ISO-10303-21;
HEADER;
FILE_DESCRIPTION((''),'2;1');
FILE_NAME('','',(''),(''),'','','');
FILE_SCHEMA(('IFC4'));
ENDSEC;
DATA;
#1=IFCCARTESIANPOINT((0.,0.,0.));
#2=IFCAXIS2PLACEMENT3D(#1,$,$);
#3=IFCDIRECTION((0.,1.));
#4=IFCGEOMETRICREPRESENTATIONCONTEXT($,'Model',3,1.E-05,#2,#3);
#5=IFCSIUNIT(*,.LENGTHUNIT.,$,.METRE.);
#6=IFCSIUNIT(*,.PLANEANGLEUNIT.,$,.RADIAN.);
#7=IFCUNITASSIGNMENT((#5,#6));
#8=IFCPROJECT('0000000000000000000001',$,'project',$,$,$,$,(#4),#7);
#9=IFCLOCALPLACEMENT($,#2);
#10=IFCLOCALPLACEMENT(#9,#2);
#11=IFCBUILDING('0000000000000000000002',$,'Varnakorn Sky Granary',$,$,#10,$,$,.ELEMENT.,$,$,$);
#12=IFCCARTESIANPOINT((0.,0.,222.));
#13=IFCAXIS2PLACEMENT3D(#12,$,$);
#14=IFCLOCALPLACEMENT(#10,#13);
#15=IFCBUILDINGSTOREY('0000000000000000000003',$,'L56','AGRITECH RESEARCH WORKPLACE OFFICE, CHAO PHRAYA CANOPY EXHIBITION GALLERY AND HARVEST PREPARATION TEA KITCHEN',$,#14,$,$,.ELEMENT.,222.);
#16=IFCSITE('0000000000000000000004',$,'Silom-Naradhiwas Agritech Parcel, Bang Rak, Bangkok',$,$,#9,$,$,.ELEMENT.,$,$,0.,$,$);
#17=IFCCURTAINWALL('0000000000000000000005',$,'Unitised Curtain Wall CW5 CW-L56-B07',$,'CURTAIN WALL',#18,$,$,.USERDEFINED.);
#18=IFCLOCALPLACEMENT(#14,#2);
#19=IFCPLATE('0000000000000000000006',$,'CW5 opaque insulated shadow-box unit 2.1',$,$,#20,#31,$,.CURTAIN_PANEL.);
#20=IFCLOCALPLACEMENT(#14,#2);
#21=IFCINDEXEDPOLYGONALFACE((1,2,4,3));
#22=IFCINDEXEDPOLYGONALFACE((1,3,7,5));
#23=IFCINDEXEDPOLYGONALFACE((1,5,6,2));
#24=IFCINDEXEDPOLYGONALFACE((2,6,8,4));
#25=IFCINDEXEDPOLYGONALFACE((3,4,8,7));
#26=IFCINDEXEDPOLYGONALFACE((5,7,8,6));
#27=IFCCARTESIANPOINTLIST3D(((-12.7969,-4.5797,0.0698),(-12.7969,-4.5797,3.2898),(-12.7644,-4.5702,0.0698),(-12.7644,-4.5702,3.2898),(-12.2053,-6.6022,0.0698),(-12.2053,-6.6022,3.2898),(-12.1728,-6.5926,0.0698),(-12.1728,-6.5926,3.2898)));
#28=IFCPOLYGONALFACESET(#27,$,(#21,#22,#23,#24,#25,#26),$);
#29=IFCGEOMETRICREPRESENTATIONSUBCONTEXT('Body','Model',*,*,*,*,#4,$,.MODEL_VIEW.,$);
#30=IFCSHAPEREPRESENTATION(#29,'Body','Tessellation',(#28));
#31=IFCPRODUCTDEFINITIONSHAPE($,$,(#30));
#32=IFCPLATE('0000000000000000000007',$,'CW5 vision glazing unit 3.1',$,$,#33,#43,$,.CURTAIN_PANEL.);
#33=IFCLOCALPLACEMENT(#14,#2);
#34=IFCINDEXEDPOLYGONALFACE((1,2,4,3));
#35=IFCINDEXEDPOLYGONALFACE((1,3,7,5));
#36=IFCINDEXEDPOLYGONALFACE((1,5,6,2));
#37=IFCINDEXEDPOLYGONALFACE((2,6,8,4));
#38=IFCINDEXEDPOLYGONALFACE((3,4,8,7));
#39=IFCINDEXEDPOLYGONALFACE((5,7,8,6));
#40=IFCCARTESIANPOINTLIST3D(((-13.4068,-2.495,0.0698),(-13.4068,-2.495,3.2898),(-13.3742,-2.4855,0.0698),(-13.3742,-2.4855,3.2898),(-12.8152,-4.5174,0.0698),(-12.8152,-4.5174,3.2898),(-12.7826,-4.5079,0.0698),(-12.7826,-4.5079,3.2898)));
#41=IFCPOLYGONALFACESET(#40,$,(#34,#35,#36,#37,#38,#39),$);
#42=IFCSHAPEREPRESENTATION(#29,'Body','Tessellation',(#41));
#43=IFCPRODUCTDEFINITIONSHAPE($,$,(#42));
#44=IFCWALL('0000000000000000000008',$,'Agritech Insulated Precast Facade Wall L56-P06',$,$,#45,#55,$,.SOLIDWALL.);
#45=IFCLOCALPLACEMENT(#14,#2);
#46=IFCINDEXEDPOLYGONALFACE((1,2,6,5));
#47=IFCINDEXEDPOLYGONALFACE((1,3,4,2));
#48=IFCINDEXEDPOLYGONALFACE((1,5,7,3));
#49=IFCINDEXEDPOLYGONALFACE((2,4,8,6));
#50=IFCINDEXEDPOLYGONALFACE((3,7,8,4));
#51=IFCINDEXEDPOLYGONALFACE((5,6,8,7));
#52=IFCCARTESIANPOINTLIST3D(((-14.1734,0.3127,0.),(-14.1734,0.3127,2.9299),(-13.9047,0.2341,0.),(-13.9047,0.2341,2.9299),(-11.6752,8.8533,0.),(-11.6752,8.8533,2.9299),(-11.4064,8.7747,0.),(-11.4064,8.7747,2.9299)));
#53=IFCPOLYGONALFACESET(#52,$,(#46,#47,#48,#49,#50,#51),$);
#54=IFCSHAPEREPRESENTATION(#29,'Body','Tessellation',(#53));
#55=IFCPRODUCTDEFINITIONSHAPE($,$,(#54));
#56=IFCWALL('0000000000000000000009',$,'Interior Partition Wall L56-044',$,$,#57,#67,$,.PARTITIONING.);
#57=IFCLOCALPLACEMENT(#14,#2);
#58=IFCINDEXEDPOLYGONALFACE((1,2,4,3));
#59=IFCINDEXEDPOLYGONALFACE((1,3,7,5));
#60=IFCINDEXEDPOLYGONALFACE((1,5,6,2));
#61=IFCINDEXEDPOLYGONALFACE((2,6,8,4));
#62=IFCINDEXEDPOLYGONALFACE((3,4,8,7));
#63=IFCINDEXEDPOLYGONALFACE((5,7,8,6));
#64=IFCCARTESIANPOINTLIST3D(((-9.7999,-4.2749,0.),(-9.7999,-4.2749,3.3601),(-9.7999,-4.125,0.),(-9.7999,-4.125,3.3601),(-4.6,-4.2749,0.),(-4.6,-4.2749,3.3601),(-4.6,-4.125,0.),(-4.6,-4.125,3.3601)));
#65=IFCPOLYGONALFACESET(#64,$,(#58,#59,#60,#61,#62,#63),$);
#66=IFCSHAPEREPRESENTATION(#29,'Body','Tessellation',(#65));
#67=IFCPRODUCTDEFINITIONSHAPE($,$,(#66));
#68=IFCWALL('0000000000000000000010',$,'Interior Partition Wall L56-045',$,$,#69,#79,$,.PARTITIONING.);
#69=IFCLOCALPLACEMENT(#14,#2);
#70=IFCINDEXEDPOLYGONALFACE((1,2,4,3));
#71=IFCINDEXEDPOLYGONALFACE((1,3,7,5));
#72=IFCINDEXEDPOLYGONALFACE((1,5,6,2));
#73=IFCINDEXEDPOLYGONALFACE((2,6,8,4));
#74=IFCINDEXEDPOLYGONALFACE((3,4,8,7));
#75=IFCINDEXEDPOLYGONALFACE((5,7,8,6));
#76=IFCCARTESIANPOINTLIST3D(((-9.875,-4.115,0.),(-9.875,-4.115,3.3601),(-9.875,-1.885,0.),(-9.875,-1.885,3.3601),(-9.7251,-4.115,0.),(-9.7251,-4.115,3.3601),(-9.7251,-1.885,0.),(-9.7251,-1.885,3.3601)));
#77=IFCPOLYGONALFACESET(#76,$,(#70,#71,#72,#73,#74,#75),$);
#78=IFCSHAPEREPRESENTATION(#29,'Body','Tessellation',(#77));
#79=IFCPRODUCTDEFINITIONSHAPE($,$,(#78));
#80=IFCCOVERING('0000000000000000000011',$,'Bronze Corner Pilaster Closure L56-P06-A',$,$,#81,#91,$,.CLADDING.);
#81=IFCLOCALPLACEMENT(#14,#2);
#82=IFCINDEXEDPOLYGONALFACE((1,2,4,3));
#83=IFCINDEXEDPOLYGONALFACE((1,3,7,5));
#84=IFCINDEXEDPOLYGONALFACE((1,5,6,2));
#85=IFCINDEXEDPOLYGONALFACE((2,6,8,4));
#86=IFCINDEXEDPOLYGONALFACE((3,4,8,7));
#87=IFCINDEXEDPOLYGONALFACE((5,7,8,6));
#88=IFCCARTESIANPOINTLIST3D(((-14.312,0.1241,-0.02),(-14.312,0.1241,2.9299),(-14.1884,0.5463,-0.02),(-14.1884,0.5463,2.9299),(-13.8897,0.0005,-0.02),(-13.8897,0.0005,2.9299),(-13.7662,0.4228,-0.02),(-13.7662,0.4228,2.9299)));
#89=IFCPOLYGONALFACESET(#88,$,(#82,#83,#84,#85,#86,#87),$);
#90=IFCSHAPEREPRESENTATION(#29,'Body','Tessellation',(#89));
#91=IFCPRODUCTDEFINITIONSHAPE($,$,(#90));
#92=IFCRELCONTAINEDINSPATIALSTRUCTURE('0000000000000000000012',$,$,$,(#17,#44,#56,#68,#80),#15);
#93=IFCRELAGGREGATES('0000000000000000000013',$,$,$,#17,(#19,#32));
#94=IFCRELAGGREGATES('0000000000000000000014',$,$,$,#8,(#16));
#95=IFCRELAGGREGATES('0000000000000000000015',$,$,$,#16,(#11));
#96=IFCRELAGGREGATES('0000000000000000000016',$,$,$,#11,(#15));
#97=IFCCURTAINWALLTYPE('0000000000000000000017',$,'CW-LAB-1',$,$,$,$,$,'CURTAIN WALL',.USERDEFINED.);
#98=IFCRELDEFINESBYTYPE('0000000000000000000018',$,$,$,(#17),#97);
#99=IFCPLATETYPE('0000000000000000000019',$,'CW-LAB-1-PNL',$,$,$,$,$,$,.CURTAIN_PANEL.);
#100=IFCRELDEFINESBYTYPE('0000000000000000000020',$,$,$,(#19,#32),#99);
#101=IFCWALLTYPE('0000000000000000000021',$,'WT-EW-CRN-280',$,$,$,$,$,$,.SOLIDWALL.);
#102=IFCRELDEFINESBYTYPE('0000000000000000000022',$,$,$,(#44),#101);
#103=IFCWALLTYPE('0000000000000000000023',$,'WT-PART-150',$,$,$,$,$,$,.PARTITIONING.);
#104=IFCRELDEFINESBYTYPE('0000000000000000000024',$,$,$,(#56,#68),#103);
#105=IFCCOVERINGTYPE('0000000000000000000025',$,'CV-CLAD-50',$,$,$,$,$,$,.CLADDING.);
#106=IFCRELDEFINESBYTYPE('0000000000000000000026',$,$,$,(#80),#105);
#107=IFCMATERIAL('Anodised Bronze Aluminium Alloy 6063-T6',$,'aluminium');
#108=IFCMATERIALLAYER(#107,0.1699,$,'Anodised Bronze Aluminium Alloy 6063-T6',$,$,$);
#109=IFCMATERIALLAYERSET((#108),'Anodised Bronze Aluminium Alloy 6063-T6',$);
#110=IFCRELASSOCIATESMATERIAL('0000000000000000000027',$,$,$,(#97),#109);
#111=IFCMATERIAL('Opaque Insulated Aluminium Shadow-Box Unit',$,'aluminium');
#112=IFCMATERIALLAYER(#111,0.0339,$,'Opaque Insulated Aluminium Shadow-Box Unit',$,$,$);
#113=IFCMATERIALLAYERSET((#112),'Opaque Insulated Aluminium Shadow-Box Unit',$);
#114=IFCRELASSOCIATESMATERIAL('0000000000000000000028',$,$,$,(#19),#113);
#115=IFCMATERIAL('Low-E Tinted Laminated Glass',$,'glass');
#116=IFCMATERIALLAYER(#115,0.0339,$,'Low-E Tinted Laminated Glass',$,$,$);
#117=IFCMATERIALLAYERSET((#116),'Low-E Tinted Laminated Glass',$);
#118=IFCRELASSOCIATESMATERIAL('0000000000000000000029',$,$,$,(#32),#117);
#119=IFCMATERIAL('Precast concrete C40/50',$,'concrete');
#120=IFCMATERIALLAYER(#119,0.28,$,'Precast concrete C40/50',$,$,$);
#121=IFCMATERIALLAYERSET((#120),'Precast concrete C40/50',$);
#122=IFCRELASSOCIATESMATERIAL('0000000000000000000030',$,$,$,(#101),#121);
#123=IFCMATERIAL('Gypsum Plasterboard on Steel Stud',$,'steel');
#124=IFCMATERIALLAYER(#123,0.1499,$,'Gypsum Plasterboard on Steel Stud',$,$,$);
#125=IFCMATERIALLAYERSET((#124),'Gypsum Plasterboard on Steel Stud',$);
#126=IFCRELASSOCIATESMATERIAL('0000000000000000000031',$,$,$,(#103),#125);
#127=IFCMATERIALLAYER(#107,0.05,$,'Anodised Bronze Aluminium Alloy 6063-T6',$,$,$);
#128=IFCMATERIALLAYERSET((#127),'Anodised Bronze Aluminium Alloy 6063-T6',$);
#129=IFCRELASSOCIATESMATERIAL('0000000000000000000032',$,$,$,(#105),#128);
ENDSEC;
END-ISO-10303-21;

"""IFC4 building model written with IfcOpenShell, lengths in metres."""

from ifc_helpers import new_model, si_unit, direction, frame, frame_2d, origin, origin_2d, place, context, subcontext, project, spatial, rectangle, extrude, source, transform, mapped, material, layer, layer_set, type_object, type_shapes, element, aggregate, save


model = new_model("IFC4")

# Units and contexts
model_context = context("Model", 3, precision=1e-05, world=origin(), true_north=direction((0.0, 1.0)))
body_context = subcontext(model_context, "Body", "Model", "MODEL_VIEW")
ifc_project = project(units=[si_unit("LENGTHUNIT", "METRE"), si_unit("PLANEANGLEUNIT", "RADIAN")], contexts=[model_context])

# Site, building, storey
site_placement = place(None, origin())
site = spatial("IfcSite", under=ifc_project, at=site_placement, Name="Silom-Naradhiwas Agritech Parcel, Bang Rak, Bangkok", CompositionType="ELEMENT", RefElevation=0.0)
building_placement = place(site_placement, origin())
building = spatial("IfcBuilding", under=site, at=building_placement, Name="Varnakorn Sky Granary", CompositionType="ELEMENT")
storey_placement = place(building_placement, frame((0.0, 0.0, 222.0)))
storey = spatial("IfcBuildingStorey", under=building, at=storey_placement, Name="L56", Description="AGRITECH RESEARCH WORKPLACE OFFICE, CHAO PHRAYA CANOPY EXHIBITION GALLERY AND HARVEST PREPARATION TEA KITCHEN", CompositionType="ELEMENT", Elevation=222.0)

# Curtain wall
ifc_material_1 = material(Name="Anodised Bronze Aluminium Alloy 6063-T6", Category="aluminium")
ifc_layer_1 = layer(ifc_material_1, 0.1699, Name="Anodised Bronze Aluminium Alloy 6063-T6")
ifc_layer_set_1 = layer_set([ifc_layer_1], Name="Anodised Bronze Aluminium Alloy 6063-T6")
curtain_wall_type = type_object("IfcCurtainWallType", Name="CW-LAB-1", ElementType="CURTAIN WALL", PredefinedType="USERDEFINED", material=ifc_layer_set_1)
curtain_wall_placement = place(storey_placement, origin())
curtain_wall = element("IfcCurtainWall", 1, at=curtain_wall_placement, inside=storey, type_object=curtain_wall_type, Name="Unitised Curtain Wall CW5 CW-L56-B07", ObjectType="CURTAIN WALL", PredefinedType="USERDEFINED")

# Plates
ifc_material_2 = material(Name="Low-E Tinted Laminated Glass", Category="glass")
ifc_layer_2 = layer(ifc_material_2, 0.0339, Name="Low-E Tinted Laminated Glass")
ifc_layer_set_2 = layer_set([ifc_layer_2], Name="Low-E Tinted Laminated Glass")
plate_type = type_object("IfcPlateType", Name="CW-LAB-1-PNL", PredefinedType="CURTAIN_PANEL")
ifc_material_3 = material(Name="Opaque Insulated Aluminium Shadow-Box Unit", Category="aluminium")
ifc_layer_3 = layer(ifc_material_3, 0.0339, Name="Opaque Insulated Aluminium Shadow-Box Unit")
ifc_layer_set_3 = layer_set([ifc_layer_3], Name="Opaque Insulated Aluminium Shadow-Box Unit")
shared_shape_1 = source(origin(), body_context, "Body", "SweptSolid", [
    extrude(rectangle(XDim=2.1072, YDim=0.0339, at=origin_2d()), origin(), (0.0, 0.0, 1.0), 3.22),
])
plate_1_placement = place(storey_placement, frame((-12.4849, -5.5862, 0.0698), z_axis=(0.0, 0.0, 1.0), x_axis=(-0.280755, 0.959779, 0.0)))
plate_1 = element("IfcPlate", 2, at=plate_1_placement, type_object=plate_type, material=ifc_layer_set_3, Name="CW5 opaque insulated shadow-box unit 2.1", PredefinedType="CURTAIN_PANEL", context=body_context, shape_type="MappedRepresentation", body=[
    mapped(shared_shape_1, transform((0.0, 0.0, 0.0), x_axis=(1.0, 0.0, 0.0), y_axis=(0.0, 1.0, 0.0), z_axis=(0.0, 0.0, 1.0), scale=1.0)),
])
plate_2_placement = place(storey_placement, frame((-13.0947, -3.5015, 0.0698), z_axis=(0.0, 0.0, 1.0), x_axis=(-0.280755, 0.959779, 0.0)))
plate_2 = element("IfcPlate", 3, at=plate_2_placement, type_object=plate_type, material=ifc_layer_set_2, Name="CW5 vision glazing unit 3.1", PredefinedType="CURTAIN_PANEL", context=body_context, shape_type="MappedRepresentation", body=[
    mapped(shared_shape_1, transform((0.0, 0.0, 0.0), x_axis=(1.0, 0.0, 0.0), y_axis=(0.0, 1.0, 0.0), z_axis=(0.0, 0.0, 1.0), scale=1.0)),
])
aggregate(curtain_wall, [plate_1, plate_2])

# Walls
ifc_material_4 = material(Name="Precast concrete C40/50", Category="concrete")
ifc_layer_4 = layer(ifc_material_4, 0.28, Name="Precast concrete C40/50")
ifc_layer_set_4 = layer_set([ifc_layer_4], Name="Precast concrete C40/50")
wall_type_1 = type_object("IfcWallType", Name="WT-EW-CRN-280", PredefinedType="SOLIDWALL", material=ifc_layer_set_4)
wall_1_placement = place(storey_placement, frame((-14.0391, 0.2734, 0.0), z_axis=(0.0, 0.0, 1.0), x_axis=(0.280756, 0.959779, 0.0)))
element("IfcWall", 4, at=wall_1_placement, inside=storey, type_object=wall_type_1, Name="Agritech Insulated Precast Facade Wall L56-P06", PredefinedType="SOLIDWALL", context=body_context, shape_type="SweptSolid", body=[
    extrude(rectangle(XDim=8.8984, YDim=0.28, at=frame_2d((4.4492, 0.0))), origin(), (0.0, 0.0, 1.0), 2.9299),
])
ifc_material_5 = material(Name="Gypsum Plasterboard on Steel Stud", Category="steel")
ifc_layer_5 = layer(ifc_material_5, 0.1499, Name="Gypsum Plasterboard on Steel Stud")
ifc_layer_set_5 = layer_set([ifc_layer_5], Name="Gypsum Plasterboard on Steel Stud")
wall_type_2 = type_object("IfcWallType", Name="WT-PART-150", PredefinedType="PARTITIONING", material=ifc_layer_set_5)
wall_2_placement = place(storey_placement, frame((-9.8, -4.2, 0.0), z_axis=(0.0, 0.0, 1.0), x_axis=(1.0, 0.0, 0.0)))
element("IfcWall", 5, at=wall_2_placement, inside=storey, type_object=wall_type_2, Name="Interior Partition Wall L56-044", PredefinedType="PARTITIONING", context=body_context, shape_type="SweptSolid", body=[
    extrude(rectangle(XDim=5.2, YDim=0.1499, at=frame_2d((2.6001, 0.0))), origin(), (0.0, 0.0, 1.0), 3.3601),
])
wall_3_placement = place(storey_placement, frame((-9.8, -1.885, 0.0), z_axis=(0.0, 0.0, 1.0), x_axis=(0.0, -1.0, 0.0)))
element("IfcWall", 6, at=wall_3_placement, inside=storey, type_object=wall_type_2, Name="Interior Partition Wall L56-045", PredefinedType="PARTITIONING", context=body_context, shape_type="SweptSolid", body=[
    extrude(rectangle(XDim=2.23, YDim=0.1499, at=frame_2d((1.115, 0.0))), origin(), (0.0, 0.0, 1.0), 3.3601),
])

# Covering
ifc_layer_6 = layer(ifc_material_1, 0.05, Name="Anodised Bronze Aluminium Alloy 6063-T6")
ifc_layer_set_6 = layer_set([ifc_layer_6], Name="Anodised Bronze Aluminium Alloy 6063-T6")
covering_type = type_object("IfcCoveringType", Name="CV-CLAD-50", PredefinedType="CLADDING", material=ifc_layer_set_6)
shared_shape_2 = source(origin(), body_context, "Body", "SweptSolid", [
    extrude(rectangle(XDim=0.4399, YDim=0.4399, at=origin_2d()), origin(), (0.0, 0.0, 1.0), 2.95),
])
type_shapes(covering_type, [shared_shape_2])
covering_placement = place(storey_placement, frame((-14.0391, 0.2734, -0.02), z_axis=(0.0, 0.0, 1.0), x_axis=(0.280834, 0.959756, 0.0)))
element("IfcCovering", 7, at=covering_placement, inside=storey, type_object=covering_type, Name="Bronze Corner Pilaster Closure L56-P06-A", PredefinedType="CLADDING", context=body_context, shape_type="MappedRepresentation", body=[
    mapped(shared_shape_2, transform((0.0, 0.0, 0.0), x_axis=(1.0, 0.0, 0.0), y_axis=(0.0, 1.0, 0.0), z_axis=(0.0, 0.0, 1.0), scale=1.0)),
])

save(model, "model.ifc")
